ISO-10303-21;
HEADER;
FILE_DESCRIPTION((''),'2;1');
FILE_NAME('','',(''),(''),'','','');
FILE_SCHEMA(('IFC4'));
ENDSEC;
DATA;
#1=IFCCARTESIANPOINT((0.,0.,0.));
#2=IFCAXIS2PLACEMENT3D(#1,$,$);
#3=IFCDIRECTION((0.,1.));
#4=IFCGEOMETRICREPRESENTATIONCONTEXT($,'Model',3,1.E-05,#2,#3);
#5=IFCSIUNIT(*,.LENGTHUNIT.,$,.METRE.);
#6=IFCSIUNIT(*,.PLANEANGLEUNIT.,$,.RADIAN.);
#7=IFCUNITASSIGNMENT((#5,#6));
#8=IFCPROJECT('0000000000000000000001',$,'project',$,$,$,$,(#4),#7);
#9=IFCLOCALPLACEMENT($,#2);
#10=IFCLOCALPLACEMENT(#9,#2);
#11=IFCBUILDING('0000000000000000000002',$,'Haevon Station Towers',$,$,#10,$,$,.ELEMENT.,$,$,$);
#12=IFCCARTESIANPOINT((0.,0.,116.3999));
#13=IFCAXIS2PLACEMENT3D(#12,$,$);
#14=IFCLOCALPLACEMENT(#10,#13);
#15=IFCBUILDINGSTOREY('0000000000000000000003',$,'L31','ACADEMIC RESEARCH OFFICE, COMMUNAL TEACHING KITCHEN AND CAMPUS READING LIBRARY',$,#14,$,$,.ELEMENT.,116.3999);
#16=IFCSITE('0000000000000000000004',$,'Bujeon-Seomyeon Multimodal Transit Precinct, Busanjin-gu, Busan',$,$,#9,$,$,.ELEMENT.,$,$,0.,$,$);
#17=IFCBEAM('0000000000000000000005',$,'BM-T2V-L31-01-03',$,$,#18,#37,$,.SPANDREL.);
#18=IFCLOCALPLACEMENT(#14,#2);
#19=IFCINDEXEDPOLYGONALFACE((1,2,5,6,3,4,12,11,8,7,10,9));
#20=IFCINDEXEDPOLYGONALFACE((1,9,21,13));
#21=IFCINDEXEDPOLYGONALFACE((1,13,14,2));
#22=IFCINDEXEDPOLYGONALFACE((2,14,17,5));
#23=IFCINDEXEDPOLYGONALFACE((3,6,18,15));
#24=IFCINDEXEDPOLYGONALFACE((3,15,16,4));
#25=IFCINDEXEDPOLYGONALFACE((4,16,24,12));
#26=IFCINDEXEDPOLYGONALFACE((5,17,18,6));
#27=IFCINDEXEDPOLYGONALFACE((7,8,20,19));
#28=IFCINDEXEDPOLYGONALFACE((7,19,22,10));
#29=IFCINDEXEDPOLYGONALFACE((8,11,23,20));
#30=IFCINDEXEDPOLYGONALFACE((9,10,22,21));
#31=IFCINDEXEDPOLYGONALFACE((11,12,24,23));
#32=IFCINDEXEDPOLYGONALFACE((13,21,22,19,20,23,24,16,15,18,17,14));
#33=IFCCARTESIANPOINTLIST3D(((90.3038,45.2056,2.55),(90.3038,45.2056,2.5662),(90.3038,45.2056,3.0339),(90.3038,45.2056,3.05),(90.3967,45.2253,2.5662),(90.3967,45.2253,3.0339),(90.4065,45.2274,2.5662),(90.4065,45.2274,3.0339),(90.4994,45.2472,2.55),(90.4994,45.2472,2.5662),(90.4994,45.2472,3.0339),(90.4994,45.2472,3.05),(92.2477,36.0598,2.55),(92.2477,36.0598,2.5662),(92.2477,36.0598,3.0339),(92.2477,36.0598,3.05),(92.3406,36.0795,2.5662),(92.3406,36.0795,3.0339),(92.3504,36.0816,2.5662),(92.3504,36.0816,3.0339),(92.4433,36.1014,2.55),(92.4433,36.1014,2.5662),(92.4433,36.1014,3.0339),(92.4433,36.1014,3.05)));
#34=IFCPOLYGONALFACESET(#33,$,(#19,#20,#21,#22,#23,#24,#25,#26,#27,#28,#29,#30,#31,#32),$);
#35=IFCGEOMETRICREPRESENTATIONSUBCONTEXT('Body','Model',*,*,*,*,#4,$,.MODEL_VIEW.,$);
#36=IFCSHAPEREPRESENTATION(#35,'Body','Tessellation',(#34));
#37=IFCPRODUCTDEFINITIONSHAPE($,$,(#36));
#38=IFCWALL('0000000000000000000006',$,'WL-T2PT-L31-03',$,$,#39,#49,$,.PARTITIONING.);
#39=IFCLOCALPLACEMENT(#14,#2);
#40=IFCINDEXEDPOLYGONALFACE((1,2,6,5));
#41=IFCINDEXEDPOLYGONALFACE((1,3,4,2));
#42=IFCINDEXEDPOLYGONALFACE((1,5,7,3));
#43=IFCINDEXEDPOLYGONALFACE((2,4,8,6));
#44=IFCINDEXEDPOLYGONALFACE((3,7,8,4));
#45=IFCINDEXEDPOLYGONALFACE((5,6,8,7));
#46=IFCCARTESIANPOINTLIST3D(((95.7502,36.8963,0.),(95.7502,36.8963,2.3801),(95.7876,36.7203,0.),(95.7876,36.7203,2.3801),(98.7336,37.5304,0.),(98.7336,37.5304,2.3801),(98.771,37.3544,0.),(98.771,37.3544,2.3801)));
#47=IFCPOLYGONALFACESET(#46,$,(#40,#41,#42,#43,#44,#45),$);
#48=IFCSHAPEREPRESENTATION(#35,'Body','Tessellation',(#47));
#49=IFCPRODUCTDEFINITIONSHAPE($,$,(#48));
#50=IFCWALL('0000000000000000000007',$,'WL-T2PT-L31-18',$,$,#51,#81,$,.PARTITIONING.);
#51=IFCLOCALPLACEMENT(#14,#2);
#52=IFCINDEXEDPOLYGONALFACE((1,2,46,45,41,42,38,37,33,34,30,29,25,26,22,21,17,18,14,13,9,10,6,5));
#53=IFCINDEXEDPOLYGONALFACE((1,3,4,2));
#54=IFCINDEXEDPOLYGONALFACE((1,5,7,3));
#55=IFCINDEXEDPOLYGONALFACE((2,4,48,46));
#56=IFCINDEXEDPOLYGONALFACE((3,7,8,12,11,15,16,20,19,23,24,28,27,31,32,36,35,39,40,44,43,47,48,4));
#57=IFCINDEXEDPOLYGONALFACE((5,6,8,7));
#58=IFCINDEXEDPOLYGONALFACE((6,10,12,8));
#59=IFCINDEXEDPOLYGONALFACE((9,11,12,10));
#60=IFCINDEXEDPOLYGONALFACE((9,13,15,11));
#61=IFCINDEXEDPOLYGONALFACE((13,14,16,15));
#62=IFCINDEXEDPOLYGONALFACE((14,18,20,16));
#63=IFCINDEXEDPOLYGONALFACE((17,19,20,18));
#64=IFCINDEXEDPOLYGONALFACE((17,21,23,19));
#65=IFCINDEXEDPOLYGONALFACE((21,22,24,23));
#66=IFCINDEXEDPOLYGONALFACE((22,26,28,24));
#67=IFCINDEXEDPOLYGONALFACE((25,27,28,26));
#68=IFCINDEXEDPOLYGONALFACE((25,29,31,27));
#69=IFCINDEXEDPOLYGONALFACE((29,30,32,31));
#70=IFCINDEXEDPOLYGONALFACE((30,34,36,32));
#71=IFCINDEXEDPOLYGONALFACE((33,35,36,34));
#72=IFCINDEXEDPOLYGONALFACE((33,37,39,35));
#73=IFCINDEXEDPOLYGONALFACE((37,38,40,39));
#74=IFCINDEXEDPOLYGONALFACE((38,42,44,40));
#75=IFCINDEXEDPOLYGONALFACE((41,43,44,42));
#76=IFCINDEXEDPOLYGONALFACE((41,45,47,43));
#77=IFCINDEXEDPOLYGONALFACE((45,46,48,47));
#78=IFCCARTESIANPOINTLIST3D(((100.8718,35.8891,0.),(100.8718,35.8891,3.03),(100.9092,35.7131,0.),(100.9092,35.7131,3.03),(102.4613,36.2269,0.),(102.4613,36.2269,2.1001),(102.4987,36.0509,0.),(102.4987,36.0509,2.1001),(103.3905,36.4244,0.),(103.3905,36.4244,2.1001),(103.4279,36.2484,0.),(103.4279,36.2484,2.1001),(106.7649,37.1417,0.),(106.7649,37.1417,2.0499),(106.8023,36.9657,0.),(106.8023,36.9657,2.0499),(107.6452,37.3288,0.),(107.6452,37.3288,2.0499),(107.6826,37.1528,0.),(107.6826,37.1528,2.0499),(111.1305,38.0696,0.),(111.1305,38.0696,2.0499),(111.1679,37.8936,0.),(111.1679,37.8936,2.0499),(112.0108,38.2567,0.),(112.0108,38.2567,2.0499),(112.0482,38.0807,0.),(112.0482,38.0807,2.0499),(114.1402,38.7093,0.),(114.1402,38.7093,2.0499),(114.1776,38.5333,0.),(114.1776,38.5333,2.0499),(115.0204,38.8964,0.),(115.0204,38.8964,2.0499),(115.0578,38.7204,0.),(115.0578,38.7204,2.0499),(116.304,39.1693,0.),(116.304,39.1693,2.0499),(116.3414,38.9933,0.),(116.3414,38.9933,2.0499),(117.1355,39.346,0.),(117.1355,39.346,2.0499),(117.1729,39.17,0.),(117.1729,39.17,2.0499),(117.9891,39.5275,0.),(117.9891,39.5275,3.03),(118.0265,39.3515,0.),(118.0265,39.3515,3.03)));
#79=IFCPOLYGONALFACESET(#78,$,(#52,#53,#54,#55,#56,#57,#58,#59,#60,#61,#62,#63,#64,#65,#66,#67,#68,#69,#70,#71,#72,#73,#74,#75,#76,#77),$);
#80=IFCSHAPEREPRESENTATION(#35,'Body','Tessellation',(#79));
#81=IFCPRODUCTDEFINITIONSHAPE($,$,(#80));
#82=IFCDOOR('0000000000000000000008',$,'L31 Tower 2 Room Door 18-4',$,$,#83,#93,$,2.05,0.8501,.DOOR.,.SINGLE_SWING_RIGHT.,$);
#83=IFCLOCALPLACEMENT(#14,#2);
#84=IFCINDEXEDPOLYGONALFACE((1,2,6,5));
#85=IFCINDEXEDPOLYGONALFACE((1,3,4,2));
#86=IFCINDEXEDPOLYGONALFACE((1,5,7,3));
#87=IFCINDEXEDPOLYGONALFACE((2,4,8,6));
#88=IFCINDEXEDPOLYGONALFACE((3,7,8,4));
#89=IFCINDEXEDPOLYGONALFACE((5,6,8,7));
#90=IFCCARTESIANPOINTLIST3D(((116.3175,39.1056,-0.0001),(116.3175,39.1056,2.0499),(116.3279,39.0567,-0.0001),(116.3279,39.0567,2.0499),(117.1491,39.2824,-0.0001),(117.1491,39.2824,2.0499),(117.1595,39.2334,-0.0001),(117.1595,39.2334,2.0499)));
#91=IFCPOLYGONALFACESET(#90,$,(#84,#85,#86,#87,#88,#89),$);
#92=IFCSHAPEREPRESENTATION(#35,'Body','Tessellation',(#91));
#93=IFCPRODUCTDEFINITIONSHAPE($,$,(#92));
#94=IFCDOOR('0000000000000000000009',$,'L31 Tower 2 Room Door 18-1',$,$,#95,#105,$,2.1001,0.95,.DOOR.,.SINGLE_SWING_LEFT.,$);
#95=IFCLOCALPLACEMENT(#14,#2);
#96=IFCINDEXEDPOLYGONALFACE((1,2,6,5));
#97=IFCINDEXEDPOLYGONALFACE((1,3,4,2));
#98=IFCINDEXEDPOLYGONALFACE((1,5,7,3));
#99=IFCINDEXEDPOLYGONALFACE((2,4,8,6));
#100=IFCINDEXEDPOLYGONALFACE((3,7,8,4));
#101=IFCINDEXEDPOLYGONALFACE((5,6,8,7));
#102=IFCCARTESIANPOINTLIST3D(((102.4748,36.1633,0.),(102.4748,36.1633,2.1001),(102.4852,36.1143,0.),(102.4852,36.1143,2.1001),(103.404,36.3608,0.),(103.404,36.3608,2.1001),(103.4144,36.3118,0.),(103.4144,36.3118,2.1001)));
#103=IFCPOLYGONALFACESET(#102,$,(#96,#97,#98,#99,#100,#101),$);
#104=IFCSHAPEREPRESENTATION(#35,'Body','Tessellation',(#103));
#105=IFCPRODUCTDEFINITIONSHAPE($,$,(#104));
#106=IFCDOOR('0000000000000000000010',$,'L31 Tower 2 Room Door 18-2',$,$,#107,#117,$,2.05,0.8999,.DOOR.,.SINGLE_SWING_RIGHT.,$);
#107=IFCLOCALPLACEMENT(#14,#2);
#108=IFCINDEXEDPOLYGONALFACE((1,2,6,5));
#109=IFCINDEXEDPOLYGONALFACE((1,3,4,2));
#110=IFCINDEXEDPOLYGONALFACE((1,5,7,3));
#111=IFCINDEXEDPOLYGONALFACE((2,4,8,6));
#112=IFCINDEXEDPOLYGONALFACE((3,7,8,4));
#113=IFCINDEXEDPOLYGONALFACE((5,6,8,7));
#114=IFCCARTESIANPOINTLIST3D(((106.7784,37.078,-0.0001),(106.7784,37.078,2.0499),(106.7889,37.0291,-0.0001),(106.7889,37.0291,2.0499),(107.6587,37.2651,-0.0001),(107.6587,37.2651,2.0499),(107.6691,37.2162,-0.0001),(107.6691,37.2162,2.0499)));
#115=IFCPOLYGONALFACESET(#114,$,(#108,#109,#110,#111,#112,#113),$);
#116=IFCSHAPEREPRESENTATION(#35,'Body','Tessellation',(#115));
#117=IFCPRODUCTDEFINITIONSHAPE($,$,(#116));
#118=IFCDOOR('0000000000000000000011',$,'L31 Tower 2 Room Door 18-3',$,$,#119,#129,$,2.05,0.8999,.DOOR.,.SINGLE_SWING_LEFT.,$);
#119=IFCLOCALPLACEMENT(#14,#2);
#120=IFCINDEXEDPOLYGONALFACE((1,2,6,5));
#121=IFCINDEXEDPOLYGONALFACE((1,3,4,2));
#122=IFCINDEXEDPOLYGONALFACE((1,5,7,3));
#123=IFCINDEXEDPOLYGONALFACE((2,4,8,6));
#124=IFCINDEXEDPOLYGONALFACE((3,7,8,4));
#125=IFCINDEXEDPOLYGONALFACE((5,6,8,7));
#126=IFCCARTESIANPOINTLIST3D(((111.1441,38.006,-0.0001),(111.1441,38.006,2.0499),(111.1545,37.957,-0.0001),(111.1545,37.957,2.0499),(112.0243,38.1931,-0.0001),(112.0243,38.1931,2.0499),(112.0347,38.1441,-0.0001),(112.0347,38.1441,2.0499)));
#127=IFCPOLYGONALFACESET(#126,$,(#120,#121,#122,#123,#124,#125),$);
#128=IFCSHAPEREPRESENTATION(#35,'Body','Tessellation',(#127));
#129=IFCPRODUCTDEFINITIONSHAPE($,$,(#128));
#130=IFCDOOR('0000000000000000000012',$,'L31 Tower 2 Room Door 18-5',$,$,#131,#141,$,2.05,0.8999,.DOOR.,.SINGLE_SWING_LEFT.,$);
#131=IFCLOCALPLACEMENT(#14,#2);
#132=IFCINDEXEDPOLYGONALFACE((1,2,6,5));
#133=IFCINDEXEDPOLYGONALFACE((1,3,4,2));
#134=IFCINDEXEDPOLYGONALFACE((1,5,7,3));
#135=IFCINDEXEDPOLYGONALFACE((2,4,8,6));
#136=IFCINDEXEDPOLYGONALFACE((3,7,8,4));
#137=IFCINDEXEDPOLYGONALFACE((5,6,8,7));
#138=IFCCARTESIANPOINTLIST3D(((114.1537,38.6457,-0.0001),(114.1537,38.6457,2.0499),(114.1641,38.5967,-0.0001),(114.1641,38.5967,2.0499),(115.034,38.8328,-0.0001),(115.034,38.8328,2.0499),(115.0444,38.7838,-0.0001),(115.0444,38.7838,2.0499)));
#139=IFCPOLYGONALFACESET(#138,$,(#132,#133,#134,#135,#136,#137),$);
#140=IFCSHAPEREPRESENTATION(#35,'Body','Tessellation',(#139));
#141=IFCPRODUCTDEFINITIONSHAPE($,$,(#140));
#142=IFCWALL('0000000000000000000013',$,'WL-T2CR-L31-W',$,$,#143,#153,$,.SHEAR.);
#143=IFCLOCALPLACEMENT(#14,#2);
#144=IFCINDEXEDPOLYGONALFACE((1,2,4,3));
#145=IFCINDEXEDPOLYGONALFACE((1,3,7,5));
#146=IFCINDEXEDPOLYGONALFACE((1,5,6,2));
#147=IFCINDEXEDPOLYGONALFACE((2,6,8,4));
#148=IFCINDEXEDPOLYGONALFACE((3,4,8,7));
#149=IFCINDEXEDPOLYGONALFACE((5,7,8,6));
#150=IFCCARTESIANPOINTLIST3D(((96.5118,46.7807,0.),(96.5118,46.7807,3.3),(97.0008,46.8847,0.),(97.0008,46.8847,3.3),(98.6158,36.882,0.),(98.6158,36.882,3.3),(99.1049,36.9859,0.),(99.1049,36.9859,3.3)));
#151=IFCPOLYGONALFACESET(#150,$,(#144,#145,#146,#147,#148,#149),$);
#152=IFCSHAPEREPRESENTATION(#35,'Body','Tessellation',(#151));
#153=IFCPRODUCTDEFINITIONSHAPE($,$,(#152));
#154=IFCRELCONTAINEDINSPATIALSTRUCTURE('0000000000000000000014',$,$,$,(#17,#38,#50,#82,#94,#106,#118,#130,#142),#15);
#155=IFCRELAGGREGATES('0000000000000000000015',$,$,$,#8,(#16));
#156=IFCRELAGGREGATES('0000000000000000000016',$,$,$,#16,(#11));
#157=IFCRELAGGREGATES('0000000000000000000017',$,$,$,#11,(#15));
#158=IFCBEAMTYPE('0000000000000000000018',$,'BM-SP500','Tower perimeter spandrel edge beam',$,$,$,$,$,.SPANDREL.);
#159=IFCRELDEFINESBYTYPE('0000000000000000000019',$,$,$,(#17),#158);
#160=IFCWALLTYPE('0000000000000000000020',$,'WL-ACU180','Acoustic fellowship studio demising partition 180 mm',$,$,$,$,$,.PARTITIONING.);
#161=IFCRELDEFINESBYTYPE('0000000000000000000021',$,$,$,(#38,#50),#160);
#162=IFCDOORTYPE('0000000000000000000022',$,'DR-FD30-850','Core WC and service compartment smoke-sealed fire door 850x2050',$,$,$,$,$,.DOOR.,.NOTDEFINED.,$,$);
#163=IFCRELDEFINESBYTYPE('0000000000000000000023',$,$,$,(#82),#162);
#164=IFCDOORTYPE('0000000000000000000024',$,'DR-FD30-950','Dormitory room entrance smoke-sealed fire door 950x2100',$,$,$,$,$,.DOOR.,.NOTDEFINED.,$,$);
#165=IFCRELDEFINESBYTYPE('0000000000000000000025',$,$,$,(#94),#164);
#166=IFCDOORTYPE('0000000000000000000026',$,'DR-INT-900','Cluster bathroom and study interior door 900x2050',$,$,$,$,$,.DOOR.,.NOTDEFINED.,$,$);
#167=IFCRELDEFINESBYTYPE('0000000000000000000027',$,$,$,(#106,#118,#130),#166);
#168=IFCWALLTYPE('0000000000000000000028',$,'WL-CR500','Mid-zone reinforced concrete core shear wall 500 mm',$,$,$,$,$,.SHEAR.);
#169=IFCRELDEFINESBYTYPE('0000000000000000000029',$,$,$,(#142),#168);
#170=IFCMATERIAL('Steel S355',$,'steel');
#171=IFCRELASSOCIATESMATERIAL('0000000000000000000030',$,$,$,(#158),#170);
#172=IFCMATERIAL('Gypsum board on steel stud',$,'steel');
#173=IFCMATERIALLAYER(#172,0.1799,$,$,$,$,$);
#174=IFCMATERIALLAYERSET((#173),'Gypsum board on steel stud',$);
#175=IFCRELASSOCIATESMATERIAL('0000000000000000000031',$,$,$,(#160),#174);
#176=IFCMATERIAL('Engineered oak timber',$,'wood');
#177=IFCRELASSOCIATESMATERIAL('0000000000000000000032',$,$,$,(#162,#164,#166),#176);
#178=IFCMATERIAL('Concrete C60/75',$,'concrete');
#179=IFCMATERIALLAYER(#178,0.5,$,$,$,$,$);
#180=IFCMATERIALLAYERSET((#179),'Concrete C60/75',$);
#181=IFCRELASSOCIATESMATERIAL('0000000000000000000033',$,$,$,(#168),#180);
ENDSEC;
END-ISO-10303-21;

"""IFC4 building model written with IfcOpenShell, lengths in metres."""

from ifc_helpers import new_model, si_unit, direction, frame, frame_2d, origin, origin_2d, place, context, subcontext, project, spatial, rectangle, i_section, extrude, material, layer, layer_set, material_profile, profile_set, type_object, element, fill, save


model = new_model("IFC4")

# Units and contexts
model_context = context("Model", 3, precision=1e-05, world=origin(), true_north=direction((0.0, 1.0)))
body_context = subcontext(model_context, "Body", "Model", "MODEL_VIEW")
ifc_project = project(units=[si_unit("LENGTHUNIT", "METRE"), si_unit("PLANEANGLEUNIT", "RADIAN")], contexts=[model_context])

# Site, building, storey
site_placement = place(None, origin())
site = spatial("IfcSite", under=ifc_project, at=site_placement, Name="Bujeon-Seomyeon Multimodal Transit Precinct, Busanjin-gu, Busan", CompositionType="ELEMENT", RefElevation=0.0)
building_placement = place(site_placement, origin())
building = spatial("IfcBuilding", under=site, at=building_placement, Name="Haevon Station Towers", CompositionType="ELEMENT")
storey_placement = place(building_placement, frame((0.0, 0.0, 116.3999)))
storey = spatial("IfcBuildingStorey", under=building, at=storey_placement, Name="L31", Description="ACADEMIC RESEARCH OFFICE, COMMUNAL TEACHING KITCHEN AND CAMPUS READING LIBRARY", CompositionType="ELEMENT", Elevation=116.3999)

# Beam
ifc_material_1 = material(Name="Steel S355", Category="steel")
ifc_material_profile_1 = material_profile(ifc_material_1, i_section(OverallWidth=0.2, OverallDepth=0.5, WebThickness=0.01, FlangeThickness=0.0161, at=origin_2d()), Name="H-500x200x10x16")
ifc_profile_set_1 = profile_set([ifc_material_profile_1], Name="Steel S355")
beam_type_1 = type_object("IfcBeamType", Name="BM-SP500", Description="Tower perimeter spandrel edge beam", PredefinedType="SPANDREL", material=ifc_profile_set_1)
beam_1_placement = place(storey_placement, frame((92.3455, 36.0806, 2.8), z_axis=(-0.207897, 0.978151, 0.0), x_axis=(-0.978151, -0.207897, 0.0)))
element("IfcBeam", 1, at=beam_1_placement, inside=storey, type_object=beam_type_1, Name="BM-T2V-L31-01-03", PredefinedType="SPANDREL", context=body_context, shape_type="SweptSolid", body=[
    extrude(i_section(OverallWidth=0.2, OverallDepth=0.5, WebThickness=0.01, FlangeThickness=0.0161, at=origin_2d()), origin(), (0.0, 0.0, 1.0), 9.3501),
])

# Wall
ifc_material_2 = material(Name="Gypsum board on steel stud", Category="steel")
ifc_layer_1 = layer(ifc_material_2, 0.1799)
ifc_layer_set_1 = layer_set([ifc_layer_1], Name="Gypsum board on steel stud")
wall_type_1 = type_object("IfcWallType", Name="WL-ACU180", Description="Acoustic fellowship studio demising partition 180 mm", PredefinedType="PARTITIONING", material=ifc_layer_set_1)
wall_1_placement = place(storey_placement, frame((95.769, 36.8083, 0.0), z_axis=(0.0, 0.0, 1.0), x_axis=(0.978155, 0.207878, 0.0)))
element("IfcWall", 2, at=wall_1_placement, inside=storey, type_object=wall_type_1, Name="WL-T2PT-L31-03", PredefinedType="PARTITIONING", context=body_context, shape_type="SweptSolid", body=[
    extrude(rectangle(XDim=3.05, YDim=0.1799, at=frame_2d((1.5249, 0.0))), origin(), (0.0, 0.0, 1.0), 2.3801),
])

# Wall, openings, doors
wall_2_placement = place(storey_placement, frame((100.8904, 35.801, 0.0), z_axis=(0.0, 0.0, 1.0), x_axis=(0.978148, 0.207912, 0.0)))
wall_2 = element("IfcWall", 3, at=wall_2_placement, inside=storey, type_object=wall_type_1, Name="WL-T2PT-L31-18", PredefinedType="PARTITIONING", context=body_context, shape_type="SweptSolid", body=[
    extrude(rectangle(XDim=17.4998, YDim=0.1799, at=frame_2d((8.75, 0.0))), origin(), (0.0, 0.0, 1.0), 3.03),
])
opening_1_placement = place(wall_2_placement, frame((1.625, 0.0, 0.0)))
opening_1 = element("IfcOpeningElement", 4, at=opening_1_placement, cuts=wall_2, PredefinedType="OPENING", context=body_context, shape_type="SweptSolid", body=[
    extrude(rectangle(XDim=0.95, YDim=2.1001, at=frame_2d((0.4751, 1.05))), frame((0.0, 0.0999, 0.0), z_axis=(0.0, -1.0, 0.0), x_axis=(1.0, 0.0, 0.0)), (0.0, 0.0, 1.0), 0.2),
])
opening_2_placement = place(wall_2_placement, frame((6.0249, 0.0, 0.0)))
opening_2 = element("IfcOpeningElement", 5, at=opening_2_placement, cuts=wall_2, PredefinedType="OPENING", context=body_context, shape_type="SweptSolid", body=[
    extrude(rectangle(XDim=0.8999, YDim=2.05, at=frame_2d((0.45, 1.0249))), frame((0.0, 0.0999, 0.0), z_axis=(0.0, -1.0, 0.0), x_axis=(1.0, 0.0, 0.0)), (0.0, 0.0, 1.0), 0.2),
])
opening_3_placement = place(wall_2_placement, frame((10.488, 0.0, 0.0)))
opening_3 = element("IfcOpeningElement", 6, at=opening_3_placement, cuts=wall_2, PredefinedType="OPENING", context=body_context, shape_type="SweptSolid", body=[
    extrude(rectangle(XDim=0.8999, YDim=2.05, at=frame_2d((0.45, 1.0249))), frame((0.0, 0.0999, 0.0), z_axis=(0.0, -1.0, 0.0), x_axis=(1.0, 0.0, 0.0)), (0.0, 0.0, 1.0), 0.2),
])
opening_4_placement = place(wall_2_placement, frame((15.7771, 0.0, 0.0)))
opening_4 = element("IfcOpeningElement", 7, at=opening_4_placement, cuts=wall_2, PredefinedType="OPENING", context=body_context, shape_type="SweptSolid", body=[
    extrude(rectangle(XDim=0.8501, YDim=2.05, at=frame_2d((0.425, 1.0249))), frame((0.0, 0.0999, 0.0), z_axis=(0.0, -1.0, 0.0), x_axis=(1.0, 0.0, 0.0)), (0.0, 0.0, 1.0), 0.2),
])
opening_5_placement = place(wall_2_placement, frame((13.5649, 0.0, 0.0)))
opening_5 = element("IfcOpeningElement", 8, at=opening_5_placement, cuts=wall_2, PredefinedType="OPENING", context=body_context, shape_type="SweptSolid", body=[
    extrude(rectangle(XDim=0.8999, YDim=2.05, at=frame_2d((0.45, 1.0249))), frame((0.0, 0.0999, 0.0), z_axis=(0.0, -1.0, 0.0), x_axis=(1.0, 0.0, 0.0)), (0.0, 0.0, 1.0), 0.2),
])
ifc_material_3 = material(Name="Engineered oak timber", Category="wood")
door_type_1 = type_object("IfcDoorType", Name="DR-FD30-850", Description="Core WC and service compartment smoke-sealed fire door 850x2050", OperationType="NOTDEFINED", PredefinedType="DOOR", material=ifc_material_3)
door_1_placement = place(opening_4_placement, origin())
door_1 = element("IfcDoor", 9, at=door_1_placement, inside=storey, type_object=door_type_1, Name="L31 Tower 2 Room Door 18-4", OperationType="SINGLE_SWING_RIGHT", OverallHeight=2.05, OverallWidth=0.8501, PredefinedType="DOOR", context=body_context, shape_type="SweptSolid", body=[
    extrude(rectangle(XDim=0.8501, YDim=2.05, at=frame_2d((0.425, 1.0249))), frame((0.0, 0.0249, 0.0), z_axis=(0.0, -1.0, 0.0), x_axis=(1.0, 0.0, 0.0)), (0.0, 0.0, 1.0), 0.05),
])
fill(opening_4, door_1)
door_type_2 = type_object("IfcDoorType", Name="DR-FD30-950", Description="Dormitory room entrance smoke-sealed fire door 950x2100", OperationType="NOTDEFINED", PredefinedType="DOOR", material=ifc_material_3)
door_2_placement = place(opening_1_placement, origin())
door_2 = element("IfcDoor", 10, at=door_2_placement, inside=storey, type_object=door_type_2, Name="L31 Tower 2 Room Door 18-1", OperationType="SINGLE_SWING_LEFT", OverallHeight=2.1001, OverallWidth=0.95, PredefinedType="DOOR", context=body_context, shape_type="SweptSolid", body=[
    extrude(rectangle(XDim=0.95, YDim=2.1001, at=frame_2d((0.4751, 1.05))), frame((0.0, 0.0249, 0.0), z_axis=(0.0, -1.0, 0.0), x_axis=(1.0, 0.0, 0.0)), (0.0, 0.0, 1.0), 0.05),
])
fill(opening_1, door_2)
door_type_3 = type_object("IfcDoorType", Name="DR-INT-900", Description="Cluster bathroom and study interior door 900x2050", OperationType="NOTDEFINED", PredefinedType="DOOR", material=ifc_material_3)
door_3_placement = place(opening_2_placement, origin())
door_3 = element("IfcDoor", 11, at=door_3_placement, inside=storey, type_object=door_type_3, Name="L31 Tower 2 Room Door 18-2", OperationType="SINGLE_SWING_RIGHT", OverallHeight=2.05, OverallWidth=0.8999, PredefinedType="DOOR", context=body_context, shape_type="SweptSolid", body=[
    extrude(rectangle(XDim=0.8999, YDim=2.05, at=frame_2d((0.45, 1.0249))), frame((0.0, 0.0249, 0.0), z_axis=(0.0, -1.0, 0.0), x_axis=(1.0, 0.0, 0.0)), (0.0, 0.0, 1.0), 0.05),
])
fill(opening_2, door_3)
door_4_placement = place(opening_3_placement, origin())
door_4 = element("IfcDoor", 12, at=door_4_placement, inside=storey, type_object=door_type_3, Name="L31 Tower 2 Room Door 18-3", OperationType="SINGLE_SWING_LEFT", OverallHeight=2.05, OverallWidth=0.8999, PredefinedType="DOOR", context=body_context, shape_type="SweptSolid", body=[
    extrude(rectangle(XDim=0.8999, YDim=2.05, at=frame_2d((0.45, 1.0249))), frame((0.0, 0.0249, 0.0), z_axis=(0.0, -1.0, 0.0), x_axis=(1.0, 0.0, 0.0)), (0.0, 0.0, 1.0), 0.05),
])
fill(opening_3, door_4)
door_5_placement = place(opening_5_placement, origin())
door_5 = element("IfcDoor", 13, at=door_5_placement, inside=storey, type_object=door_type_3, Name="L31 Tower 2 Room Door 18-5", OperationType="SINGLE_SWING_LEFT", OverallHeight=2.05, OverallWidth=0.8999, PredefinedType="DOOR", context=body_context, shape_type="SweptSolid", body=[
    extrude(rectangle(XDim=0.8999, YDim=2.05, at=frame_2d((0.45, 1.0249))), frame((0.0, 0.0249, 0.0), z_axis=(0.0, -1.0, 0.0), x_axis=(1.0, 0.0, 0.0)), (0.0, 0.0, 1.0), 0.05),
])
fill(opening_5, door_5)

# Wall
ifc_material_4 = material(Name="Concrete C60/75", Category="concrete")
ifc_layer_2 = layer(ifc_material_4, 0.5)
ifc_layer_set_2 = layer_set([ifc_layer_2], Name="Concrete C60/75")
wall_type_2 = type_object("IfcWallType", Name="WL-CR500", Description="Mid-zone reinforced concrete core shear wall 500 mm", PredefinedType="SHEAR", material=ifc_layer_set_2)
wall_3_placement = place(storey_placement, frame((98.8604, 36.9338, 0.0), z_axis=(0.0, 0.0, 1.0), x_axis=(-0.207909, 0.978148, 0.0)))
element("IfcWall", 14, at=wall_3_placement, inside=storey, type_object=wall_type_2, Name="WL-T2CR-L31-W", PredefinedType="SHEAR", context=body_context, shape_type="SweptSolid", body=[
    extrude(rectangle(XDim=10.1199, YDim=0.5, at=frame_2d((5.0601, 0.0))), origin(), (0.0, 0.0, 1.0), 3.3),
])

save(model, "model.ifc")
